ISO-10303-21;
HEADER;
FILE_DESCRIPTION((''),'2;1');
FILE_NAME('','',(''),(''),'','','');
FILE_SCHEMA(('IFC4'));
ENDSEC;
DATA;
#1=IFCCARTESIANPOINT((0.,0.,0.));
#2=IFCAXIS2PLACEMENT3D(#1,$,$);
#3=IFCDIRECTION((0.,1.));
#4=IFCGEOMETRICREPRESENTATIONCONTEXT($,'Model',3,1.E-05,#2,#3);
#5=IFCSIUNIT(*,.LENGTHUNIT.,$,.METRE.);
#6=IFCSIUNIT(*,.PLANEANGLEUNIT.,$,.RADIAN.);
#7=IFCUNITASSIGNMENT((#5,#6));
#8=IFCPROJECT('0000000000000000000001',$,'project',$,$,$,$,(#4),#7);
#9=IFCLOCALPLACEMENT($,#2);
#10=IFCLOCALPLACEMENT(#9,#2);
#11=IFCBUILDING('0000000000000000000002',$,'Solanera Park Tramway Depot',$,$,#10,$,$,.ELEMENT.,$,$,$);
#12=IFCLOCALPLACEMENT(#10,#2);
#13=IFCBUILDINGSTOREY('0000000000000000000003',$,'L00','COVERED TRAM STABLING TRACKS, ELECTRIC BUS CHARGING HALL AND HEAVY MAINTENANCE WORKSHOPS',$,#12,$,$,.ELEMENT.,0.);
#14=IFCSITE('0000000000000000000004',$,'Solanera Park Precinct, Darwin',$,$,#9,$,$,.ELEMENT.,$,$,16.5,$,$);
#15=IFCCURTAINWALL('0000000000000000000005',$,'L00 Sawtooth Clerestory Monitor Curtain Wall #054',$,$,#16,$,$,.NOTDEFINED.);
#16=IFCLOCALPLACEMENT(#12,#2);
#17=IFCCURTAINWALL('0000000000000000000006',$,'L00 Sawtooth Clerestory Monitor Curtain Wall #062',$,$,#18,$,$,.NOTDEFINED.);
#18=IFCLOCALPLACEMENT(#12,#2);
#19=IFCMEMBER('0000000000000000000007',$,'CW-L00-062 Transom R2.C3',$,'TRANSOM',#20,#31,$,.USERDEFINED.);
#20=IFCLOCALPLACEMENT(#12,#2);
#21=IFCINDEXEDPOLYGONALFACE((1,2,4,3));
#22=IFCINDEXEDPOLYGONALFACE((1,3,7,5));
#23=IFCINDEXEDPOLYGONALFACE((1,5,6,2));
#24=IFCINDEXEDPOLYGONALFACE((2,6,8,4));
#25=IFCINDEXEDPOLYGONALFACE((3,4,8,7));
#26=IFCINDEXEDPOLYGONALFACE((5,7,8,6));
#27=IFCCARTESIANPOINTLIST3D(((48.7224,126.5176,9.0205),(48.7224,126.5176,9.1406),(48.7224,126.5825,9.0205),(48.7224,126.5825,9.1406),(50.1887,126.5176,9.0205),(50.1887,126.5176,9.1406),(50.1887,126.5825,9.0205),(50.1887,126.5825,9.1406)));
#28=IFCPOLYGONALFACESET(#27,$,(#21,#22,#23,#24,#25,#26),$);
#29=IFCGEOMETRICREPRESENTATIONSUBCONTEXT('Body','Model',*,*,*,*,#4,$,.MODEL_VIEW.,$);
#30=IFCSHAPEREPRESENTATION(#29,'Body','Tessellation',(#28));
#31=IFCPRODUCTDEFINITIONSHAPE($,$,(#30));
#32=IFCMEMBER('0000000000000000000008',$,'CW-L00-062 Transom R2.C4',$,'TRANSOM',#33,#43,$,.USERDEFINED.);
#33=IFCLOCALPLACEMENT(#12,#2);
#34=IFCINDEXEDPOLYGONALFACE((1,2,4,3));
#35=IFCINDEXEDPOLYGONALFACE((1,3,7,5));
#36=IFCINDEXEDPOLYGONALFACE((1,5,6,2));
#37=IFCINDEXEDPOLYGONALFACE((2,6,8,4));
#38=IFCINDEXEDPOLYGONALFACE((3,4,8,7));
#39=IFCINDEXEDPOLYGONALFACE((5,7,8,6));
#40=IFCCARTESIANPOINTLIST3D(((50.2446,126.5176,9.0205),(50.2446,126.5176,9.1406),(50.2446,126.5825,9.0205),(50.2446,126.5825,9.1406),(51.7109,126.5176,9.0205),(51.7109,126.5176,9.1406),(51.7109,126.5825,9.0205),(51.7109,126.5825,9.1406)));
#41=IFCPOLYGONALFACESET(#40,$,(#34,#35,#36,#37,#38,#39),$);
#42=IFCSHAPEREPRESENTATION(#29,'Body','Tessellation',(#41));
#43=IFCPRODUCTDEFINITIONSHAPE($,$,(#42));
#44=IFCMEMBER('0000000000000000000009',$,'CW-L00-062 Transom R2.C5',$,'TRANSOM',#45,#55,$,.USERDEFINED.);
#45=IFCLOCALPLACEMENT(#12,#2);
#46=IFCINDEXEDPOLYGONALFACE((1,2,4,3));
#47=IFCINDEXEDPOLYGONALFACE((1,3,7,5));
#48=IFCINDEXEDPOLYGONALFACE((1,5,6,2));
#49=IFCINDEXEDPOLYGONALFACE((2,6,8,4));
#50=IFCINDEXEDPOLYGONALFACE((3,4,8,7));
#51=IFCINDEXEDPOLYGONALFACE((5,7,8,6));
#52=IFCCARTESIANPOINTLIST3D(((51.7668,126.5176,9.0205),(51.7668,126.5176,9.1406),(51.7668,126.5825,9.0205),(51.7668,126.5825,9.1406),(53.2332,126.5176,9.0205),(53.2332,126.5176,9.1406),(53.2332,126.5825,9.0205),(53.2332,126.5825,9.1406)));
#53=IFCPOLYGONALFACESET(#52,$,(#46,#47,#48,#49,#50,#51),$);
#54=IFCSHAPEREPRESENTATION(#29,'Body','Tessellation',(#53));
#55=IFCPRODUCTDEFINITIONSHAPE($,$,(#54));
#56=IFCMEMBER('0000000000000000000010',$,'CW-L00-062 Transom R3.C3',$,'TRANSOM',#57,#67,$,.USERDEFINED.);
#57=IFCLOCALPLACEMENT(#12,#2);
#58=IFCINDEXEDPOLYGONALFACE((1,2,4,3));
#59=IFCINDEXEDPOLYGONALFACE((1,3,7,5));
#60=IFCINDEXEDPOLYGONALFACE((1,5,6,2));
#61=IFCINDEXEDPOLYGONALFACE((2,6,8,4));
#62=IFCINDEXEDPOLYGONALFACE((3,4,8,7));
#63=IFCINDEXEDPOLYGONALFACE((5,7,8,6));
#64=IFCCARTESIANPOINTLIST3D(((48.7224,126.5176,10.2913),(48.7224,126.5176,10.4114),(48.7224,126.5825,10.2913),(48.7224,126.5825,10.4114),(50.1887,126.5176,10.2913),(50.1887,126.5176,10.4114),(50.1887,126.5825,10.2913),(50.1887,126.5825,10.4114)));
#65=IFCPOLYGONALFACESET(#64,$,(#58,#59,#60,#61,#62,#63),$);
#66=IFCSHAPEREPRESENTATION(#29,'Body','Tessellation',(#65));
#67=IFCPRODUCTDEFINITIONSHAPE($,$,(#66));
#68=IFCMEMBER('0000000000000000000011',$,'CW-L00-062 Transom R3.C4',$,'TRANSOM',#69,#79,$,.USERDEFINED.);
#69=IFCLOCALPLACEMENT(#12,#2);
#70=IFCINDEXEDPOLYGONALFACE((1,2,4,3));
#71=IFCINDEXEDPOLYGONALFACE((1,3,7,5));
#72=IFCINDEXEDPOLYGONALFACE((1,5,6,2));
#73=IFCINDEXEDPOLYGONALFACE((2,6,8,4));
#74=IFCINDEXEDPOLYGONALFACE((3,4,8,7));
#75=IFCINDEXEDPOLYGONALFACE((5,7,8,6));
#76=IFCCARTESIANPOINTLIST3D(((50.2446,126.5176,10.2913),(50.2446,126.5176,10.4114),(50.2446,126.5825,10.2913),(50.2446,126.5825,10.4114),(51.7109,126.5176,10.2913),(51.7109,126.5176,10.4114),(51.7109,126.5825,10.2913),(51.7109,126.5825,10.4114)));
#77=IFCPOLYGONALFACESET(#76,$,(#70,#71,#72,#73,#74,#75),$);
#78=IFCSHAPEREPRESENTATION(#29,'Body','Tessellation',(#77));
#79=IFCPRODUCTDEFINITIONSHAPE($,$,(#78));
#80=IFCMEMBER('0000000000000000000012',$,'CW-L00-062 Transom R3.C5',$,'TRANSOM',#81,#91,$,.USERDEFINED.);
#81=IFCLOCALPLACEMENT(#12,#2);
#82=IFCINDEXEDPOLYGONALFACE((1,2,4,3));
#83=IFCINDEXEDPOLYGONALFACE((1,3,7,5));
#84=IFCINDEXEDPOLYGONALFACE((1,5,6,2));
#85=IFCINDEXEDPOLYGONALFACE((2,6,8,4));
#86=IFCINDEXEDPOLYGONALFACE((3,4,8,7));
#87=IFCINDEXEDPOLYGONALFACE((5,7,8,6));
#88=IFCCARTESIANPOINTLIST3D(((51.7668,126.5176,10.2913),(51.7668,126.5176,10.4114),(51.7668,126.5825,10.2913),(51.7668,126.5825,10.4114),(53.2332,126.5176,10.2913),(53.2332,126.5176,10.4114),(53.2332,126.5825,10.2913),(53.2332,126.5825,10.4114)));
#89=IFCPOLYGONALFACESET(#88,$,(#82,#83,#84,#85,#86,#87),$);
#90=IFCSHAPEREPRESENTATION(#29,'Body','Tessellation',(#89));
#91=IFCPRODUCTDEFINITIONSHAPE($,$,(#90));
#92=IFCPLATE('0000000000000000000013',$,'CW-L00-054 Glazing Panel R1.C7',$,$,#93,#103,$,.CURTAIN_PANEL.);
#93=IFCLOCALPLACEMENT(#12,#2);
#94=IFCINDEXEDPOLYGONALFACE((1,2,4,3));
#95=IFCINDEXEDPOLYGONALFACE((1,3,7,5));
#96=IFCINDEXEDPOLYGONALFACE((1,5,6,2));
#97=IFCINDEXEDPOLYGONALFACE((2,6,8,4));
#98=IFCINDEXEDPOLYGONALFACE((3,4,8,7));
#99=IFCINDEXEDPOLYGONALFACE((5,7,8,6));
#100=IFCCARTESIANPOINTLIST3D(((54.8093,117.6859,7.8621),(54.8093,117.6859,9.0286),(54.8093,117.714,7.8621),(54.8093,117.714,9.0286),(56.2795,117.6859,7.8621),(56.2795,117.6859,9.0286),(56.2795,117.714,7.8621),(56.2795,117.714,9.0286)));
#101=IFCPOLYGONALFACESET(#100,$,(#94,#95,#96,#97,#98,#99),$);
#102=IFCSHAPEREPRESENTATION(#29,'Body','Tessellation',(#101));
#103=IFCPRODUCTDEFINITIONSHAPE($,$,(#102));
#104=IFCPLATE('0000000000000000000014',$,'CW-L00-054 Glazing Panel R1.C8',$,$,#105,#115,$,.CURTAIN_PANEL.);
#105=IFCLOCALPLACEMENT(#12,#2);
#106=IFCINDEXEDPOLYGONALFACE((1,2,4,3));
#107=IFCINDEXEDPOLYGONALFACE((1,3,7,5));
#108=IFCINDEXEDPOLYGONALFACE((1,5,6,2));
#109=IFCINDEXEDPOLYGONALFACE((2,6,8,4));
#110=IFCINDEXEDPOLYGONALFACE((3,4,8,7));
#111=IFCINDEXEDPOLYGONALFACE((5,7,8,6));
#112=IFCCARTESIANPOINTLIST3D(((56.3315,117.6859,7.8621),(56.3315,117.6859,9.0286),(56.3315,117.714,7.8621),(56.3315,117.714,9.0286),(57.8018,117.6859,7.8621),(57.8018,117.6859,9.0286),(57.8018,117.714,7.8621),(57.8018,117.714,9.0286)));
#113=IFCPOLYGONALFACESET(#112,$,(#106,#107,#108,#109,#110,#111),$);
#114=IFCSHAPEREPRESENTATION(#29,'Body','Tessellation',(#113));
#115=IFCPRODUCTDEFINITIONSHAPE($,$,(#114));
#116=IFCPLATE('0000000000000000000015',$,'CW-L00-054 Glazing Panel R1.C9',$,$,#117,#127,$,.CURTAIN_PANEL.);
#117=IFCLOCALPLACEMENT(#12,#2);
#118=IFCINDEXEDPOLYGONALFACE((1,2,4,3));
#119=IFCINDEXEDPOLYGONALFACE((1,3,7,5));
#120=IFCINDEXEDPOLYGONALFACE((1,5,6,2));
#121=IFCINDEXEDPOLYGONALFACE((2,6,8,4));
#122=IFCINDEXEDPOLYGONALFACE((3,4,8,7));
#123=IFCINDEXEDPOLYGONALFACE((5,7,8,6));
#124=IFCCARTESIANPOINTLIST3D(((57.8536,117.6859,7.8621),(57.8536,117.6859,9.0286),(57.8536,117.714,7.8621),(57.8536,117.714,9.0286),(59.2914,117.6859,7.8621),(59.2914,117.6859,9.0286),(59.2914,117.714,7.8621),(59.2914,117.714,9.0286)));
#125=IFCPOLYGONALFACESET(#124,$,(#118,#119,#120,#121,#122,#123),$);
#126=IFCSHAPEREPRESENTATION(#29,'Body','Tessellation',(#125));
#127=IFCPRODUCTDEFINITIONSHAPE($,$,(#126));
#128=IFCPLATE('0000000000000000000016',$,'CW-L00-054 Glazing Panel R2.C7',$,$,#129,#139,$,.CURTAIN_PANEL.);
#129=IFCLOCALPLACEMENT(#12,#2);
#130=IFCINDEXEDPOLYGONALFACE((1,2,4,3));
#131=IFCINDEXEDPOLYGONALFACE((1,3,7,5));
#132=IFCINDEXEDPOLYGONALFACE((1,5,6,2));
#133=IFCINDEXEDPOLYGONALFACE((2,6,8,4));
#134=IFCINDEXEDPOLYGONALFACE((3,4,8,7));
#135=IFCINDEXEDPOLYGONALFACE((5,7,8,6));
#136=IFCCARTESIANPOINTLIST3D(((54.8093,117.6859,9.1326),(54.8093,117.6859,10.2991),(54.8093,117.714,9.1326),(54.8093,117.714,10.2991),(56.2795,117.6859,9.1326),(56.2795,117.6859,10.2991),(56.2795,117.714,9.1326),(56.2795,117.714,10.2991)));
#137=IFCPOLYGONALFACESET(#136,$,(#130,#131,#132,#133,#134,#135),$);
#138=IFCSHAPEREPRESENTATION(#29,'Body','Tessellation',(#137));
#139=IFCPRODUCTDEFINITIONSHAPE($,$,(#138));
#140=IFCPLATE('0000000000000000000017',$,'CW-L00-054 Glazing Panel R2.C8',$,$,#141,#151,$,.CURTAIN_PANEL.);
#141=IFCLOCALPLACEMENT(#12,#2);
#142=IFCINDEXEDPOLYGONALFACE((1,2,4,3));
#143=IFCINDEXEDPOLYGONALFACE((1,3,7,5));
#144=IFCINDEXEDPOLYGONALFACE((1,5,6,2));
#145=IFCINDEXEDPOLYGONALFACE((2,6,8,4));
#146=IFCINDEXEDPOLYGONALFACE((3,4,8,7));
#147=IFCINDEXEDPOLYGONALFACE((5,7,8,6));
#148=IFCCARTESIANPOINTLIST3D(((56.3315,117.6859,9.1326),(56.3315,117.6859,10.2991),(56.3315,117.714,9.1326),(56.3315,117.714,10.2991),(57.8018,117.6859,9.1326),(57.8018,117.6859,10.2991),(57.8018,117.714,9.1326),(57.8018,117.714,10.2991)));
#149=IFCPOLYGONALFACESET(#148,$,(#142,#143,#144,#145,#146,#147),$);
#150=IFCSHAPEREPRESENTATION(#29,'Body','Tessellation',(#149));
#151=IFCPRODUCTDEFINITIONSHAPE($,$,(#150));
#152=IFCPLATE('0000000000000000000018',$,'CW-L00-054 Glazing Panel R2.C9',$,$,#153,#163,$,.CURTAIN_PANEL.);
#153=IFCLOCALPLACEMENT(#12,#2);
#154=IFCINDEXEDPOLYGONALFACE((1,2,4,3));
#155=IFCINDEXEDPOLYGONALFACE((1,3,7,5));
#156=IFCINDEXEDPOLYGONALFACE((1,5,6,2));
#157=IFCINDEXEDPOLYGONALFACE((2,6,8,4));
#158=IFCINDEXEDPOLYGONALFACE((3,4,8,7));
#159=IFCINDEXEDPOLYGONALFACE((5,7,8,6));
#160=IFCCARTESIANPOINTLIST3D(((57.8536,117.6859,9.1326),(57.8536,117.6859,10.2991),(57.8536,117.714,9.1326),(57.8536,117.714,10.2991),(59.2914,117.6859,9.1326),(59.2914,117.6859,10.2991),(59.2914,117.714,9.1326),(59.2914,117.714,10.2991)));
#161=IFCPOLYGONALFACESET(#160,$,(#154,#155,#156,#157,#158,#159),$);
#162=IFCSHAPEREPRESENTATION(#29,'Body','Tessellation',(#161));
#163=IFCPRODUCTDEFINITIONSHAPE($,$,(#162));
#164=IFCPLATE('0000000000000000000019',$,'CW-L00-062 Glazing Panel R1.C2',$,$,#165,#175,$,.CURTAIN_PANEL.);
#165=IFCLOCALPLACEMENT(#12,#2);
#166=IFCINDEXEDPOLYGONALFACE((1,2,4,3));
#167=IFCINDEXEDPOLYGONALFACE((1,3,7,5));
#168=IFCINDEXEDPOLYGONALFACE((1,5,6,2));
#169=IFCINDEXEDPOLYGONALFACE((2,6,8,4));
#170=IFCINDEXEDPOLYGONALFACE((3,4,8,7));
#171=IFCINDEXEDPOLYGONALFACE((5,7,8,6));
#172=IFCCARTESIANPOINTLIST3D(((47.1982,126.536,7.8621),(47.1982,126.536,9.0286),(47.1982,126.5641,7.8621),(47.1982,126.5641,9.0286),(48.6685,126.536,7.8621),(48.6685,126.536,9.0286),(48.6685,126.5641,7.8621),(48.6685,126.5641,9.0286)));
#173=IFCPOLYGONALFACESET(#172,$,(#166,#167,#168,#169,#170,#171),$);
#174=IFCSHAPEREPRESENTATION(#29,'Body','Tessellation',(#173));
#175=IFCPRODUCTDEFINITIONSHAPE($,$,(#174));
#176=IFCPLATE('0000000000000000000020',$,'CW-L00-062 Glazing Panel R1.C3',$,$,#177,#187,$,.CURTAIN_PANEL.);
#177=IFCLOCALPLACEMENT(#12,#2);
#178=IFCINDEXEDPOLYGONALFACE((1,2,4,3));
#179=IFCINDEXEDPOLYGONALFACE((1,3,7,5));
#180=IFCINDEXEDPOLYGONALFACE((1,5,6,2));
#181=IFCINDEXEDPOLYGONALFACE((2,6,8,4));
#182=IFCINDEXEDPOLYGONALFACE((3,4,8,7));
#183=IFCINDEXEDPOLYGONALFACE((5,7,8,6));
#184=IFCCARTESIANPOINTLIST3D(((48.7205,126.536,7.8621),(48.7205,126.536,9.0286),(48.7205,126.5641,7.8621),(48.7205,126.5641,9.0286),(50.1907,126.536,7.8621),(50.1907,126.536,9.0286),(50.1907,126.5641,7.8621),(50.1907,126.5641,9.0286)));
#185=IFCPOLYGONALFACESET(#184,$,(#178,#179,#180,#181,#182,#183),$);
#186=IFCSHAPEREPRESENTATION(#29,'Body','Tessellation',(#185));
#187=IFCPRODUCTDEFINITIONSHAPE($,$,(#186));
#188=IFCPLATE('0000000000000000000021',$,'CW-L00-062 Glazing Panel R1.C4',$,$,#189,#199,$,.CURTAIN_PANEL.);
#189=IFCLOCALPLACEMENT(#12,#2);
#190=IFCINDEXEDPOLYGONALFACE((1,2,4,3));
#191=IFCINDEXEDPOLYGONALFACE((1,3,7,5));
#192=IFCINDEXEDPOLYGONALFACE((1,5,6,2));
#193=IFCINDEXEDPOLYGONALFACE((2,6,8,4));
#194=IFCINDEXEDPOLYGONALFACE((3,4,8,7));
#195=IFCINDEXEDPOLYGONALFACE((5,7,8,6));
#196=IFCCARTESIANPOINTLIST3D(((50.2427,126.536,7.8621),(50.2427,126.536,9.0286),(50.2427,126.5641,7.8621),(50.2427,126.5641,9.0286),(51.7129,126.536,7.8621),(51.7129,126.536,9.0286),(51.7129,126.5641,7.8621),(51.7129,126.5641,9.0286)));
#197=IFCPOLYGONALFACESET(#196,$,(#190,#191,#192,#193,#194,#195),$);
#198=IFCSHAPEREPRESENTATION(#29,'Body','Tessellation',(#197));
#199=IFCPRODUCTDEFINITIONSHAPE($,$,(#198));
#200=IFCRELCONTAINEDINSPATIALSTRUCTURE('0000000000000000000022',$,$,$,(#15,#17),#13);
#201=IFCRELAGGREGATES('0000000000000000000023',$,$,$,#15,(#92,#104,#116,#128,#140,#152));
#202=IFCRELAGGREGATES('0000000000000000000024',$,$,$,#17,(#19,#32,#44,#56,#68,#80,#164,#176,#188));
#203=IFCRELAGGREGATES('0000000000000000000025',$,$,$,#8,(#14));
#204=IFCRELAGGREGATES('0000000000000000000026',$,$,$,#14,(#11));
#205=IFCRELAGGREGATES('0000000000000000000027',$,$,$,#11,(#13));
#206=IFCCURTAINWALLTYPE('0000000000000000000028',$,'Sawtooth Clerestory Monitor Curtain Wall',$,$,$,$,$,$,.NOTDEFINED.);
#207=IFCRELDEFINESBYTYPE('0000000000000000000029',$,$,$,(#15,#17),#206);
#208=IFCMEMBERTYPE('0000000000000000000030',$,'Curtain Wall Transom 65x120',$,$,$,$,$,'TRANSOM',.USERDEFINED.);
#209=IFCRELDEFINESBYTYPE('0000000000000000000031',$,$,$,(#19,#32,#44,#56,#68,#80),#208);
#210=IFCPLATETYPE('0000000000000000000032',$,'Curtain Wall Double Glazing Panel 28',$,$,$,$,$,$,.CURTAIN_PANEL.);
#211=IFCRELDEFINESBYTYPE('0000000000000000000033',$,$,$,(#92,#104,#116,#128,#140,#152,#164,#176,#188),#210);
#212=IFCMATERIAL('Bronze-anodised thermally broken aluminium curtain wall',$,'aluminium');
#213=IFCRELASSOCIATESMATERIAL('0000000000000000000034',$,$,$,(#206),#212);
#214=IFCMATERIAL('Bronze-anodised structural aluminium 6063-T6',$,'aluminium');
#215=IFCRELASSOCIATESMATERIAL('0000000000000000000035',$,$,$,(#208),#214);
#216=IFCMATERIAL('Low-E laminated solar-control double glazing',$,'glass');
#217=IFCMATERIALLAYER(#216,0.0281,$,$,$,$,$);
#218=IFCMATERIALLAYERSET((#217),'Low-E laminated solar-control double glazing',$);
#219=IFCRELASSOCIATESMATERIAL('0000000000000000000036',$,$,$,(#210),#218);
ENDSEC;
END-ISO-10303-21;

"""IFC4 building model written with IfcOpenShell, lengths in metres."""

from ifc_helpers import new_model, si_unit, direction, frame, origin, origin_2d, place, context, subcontext, project, spatial, rectangle, extrude, material, layer, layer_set, material_profile, profile_set, type_object, element, aggregate, save


model = new_model("IFC4")

# Units and contexts
model_context = context("Model", 3, precision=1e-05, world=origin(), true_north=direction((0.0, 1.0)))
body_context = subcontext(model_context, "Body", "Model", "MODEL_VIEW")
ifc_project = project(units=[si_unit("LENGTHUNIT", "METRE"), si_unit("PLANEANGLEUNIT", "RADIAN")], contexts=[model_context])

# Site, building, storey
site_placement = place(None, origin())
site = spatial("IfcSite", under=ifc_project, at=site_placement, Name="Solanera Park Precinct, Darwin", CompositionType="ELEMENT", RefElevation=16.5)
building_placement = place(site_placement, origin())
building = spatial("IfcBuilding", under=site, at=building_placement, Name="Solanera Park Tramway Depot", CompositionType="ELEMENT")
storey_placement = place(building_placement, origin())
storey = spatial("IfcBuildingStorey", under=building, at=storey_placement, Name="L00", Description="COVERED TRAM STABLING TRACKS, ELECTRIC BUS CHARGING HALL AND HEAVY MAINTENANCE WORKSHOPS", CompositionType="ELEMENT", Elevation=0.0)

# Curtain walls
ifc_material_1 = material(Name="Bronze-anodised thermally broken aluminium curtain wall", Category="aluminium")
curtain_wall_type = type_object("IfcCurtainWallType", Name="Sawtooth Clerestory Monitor Curtain Wall", PredefinedType="NOTDEFINED", material=ifc_material_1)
curtain_wall_1_placement = place(storey_placement, origin())
curtain_wall_1 = element("IfcCurtainWall", 1, at=curtain_wall_1_placement, inside=storey, type_object=curtain_wall_type, Name="L00 Sawtooth Clerestory Monitor Curtain Wall #054", PredefinedType="NOTDEFINED")
curtain_wall_2_placement = place(storey_placement, origin())
curtain_wall_2 = element("IfcCurtainWall", 2, at=curtain_wall_2_placement, inside=storey, type_object=curtain_wall_type, Name="L00 Sawtooth Clerestory Monitor Curtain Wall #062", PredefinedType="NOTDEFINED")

# Members
ifc_material_2 = material(Name="Bronze-anodised structural aluminium 6063-T6", Category="aluminium")
ifc_material_profile_1 = material_profile(ifc_material_2, rectangle(XDim=0.0649, YDim=0.1201, at=origin_2d()), Name="Curtain Wall Transom 65x120")
ifc_profile_set_1 = profile_set([ifc_material_profile_1], Name="Bronze-anodised structural aluminium 6063-T6")
member_type_1 = type_object("IfcMemberType", Name="Curtain Wall Transom 65x120", ElementType="TRANSOM", PredefinedType="USERDEFINED", material=ifc_profile_set_1)
member_1_placement = place(storey_placement, frame((48.7224, 126.55, 9.0806), z_axis=(1.0, 0.0, 0.0), x_axis=(0.0, 1.0, 0.0)))
member_1 = element("IfcMember", 3, at=member_1_placement, type_object=member_type_1, Name="CW-L00-062 Transom R2.C3", ObjectType="TRANSOM", PredefinedType="USERDEFINED", context=body_context, shape_type="SweptSolid", body=[
    extrude(rectangle(XDim=0.0649, YDim=0.1201, at=origin_2d()), origin(), (0.0, 0.0, 1.0), 1.4663),
])
member_2_placement = place(storey_placement, frame((50.2446, 126.55, 9.0806), z_axis=(1.0, 0.0, 0.0), x_axis=(0.0, 1.0, 0.0)))
member_2 = element("IfcMember", 4, at=member_2_placement, type_object=member_type_1, Name="CW-L00-062 Transom R2.C4", ObjectType="TRANSOM", PredefinedType="USERDEFINED", context=body_context, shape_type="SweptSolid", body=[
    extrude(rectangle(XDim=0.0649, YDim=0.1201, at=origin_2d()), origin(), (0.0, 0.0, 1.0), 1.4663),
])
member_3_placement = place(storey_placement, frame((51.7668, 126.55, 9.0806), z_axis=(1.0, 0.0, 0.0), x_axis=(0.0, 1.0, 0.0)))
member_3 = element("IfcMember", 5, at=member_3_placement, type_object=member_type_1, Name="CW-L00-062 Transom R2.C5", ObjectType="TRANSOM", PredefinedType="USERDEFINED", context=body_context, shape_type="SweptSolid", body=[
    extrude(rectangle(XDim=0.0649, YDim=0.1201, at=origin_2d()), origin(), (0.0, 0.0, 1.0), 1.4663),
])
member_4_placement = place(storey_placement, frame((48.7224, 126.55, 10.3513), z_axis=(1.0, 0.0, 0.0), x_axis=(0.0, 1.0, 0.0)))
member_4 = element("IfcMember", 6, at=member_4_placement, type_object=member_type_1, Name="CW-L00-062 Transom R3.C3", ObjectType="TRANSOM", PredefinedType="USERDEFINED", context=body_context, shape_type="SweptSolid", body=[
    extrude(rectangle(XDim=0.0649, YDim=0.1201, at=origin_2d()), origin(), (0.0, 0.0, 1.0), 1.4663),
])
member_5_placement = place(storey_placement, frame((50.2446, 126.55, 10.3513), z_axis=(1.0, 0.0, 0.0), x_axis=(0.0, 1.0, 0.0)))
member_5 = element("IfcMember", 7, at=member_5_placement, type_object=member_type_1, Name="CW-L00-062 Transom R3.C4", ObjectType="TRANSOM", PredefinedType="USERDEFINED", context=body_context, shape_type="SweptSolid", body=[
    extrude(rectangle(XDim=0.0649, YDim=0.1201, at=origin_2d()), origin(), (0.0, 0.0, 1.0), 1.4663),
])
member_6_placement = place(storey_placement, frame((51.7668, 126.55, 10.3513), z_axis=(1.0, 0.0, 0.0), x_axis=(0.0, 1.0, 0.0)))
member_6 = element("IfcMember", 8, at=member_6_placement, type_object=member_type_1, Name="CW-L00-062 Transom R3.C5", ObjectType="TRANSOM", PredefinedType="USERDEFINED", context=body_context, shape_type="SweptSolid", body=[
    extrude(rectangle(XDim=0.0649, YDim=0.1201, at=origin_2d()), origin(), (0.0, 0.0, 1.0), 1.4663),
])

# Plates
ifc_material_3 = material(Name="Low-E laminated solar-control double glazing", Category="glass")
ifc_layer = layer(ifc_material_3, 0.0281)
ifc_layer_set = layer_set([ifc_layer], Name="Low-E laminated solar-control double glazing")
plate_type = type_object("IfcPlateType", Name="Curtain Wall Double Glazing Panel 28", PredefinedType="CURTAIN_PANEL", material=ifc_layer_set)
plate_1_placement = place(storey_placement, frame((55.5444, 117.7, 7.8621), z_axis=(0.0, 0.0, 1.0), x_axis=(1.0, 0.0, 0.0)))
plate_1 = element("IfcPlate", 9, at=plate_1_placement, type_object=plate_type, Name="CW-L00-054 Glazing Panel R1.C7", PredefinedType="CURTAIN_PANEL", context=body_context, shape_type="SweptSolid", body=[
    extrude(rectangle(XDim=1.4702, YDim=0.0281, at=origin_2d()), origin(), (0.0, 0.0, 1.0), 1.1665),
])
plate_2_placement = place(storey_placement, frame((57.0667, 117.7, 7.8621), z_axis=(0.0, 0.0, 1.0), x_axis=(1.0, 0.0, 0.0)))
plate_2 = element("IfcPlate", 10, at=plate_2_placement, type_object=plate_type, Name="CW-L00-054 Glazing Panel R1.C8", PredefinedType="CURTAIN_PANEL", context=body_context, shape_type="SweptSolid", body=[
    extrude(rectangle(XDim=1.4702, YDim=0.0281, at=origin_2d()), origin(), (0.0, 0.0, 1.0), 1.1665),
])
plate_3_placement = place(storey_placement, frame((58.5725, 117.7, 7.8621), z_axis=(0.0, 0.0, 1.0), x_axis=(1.0, 0.0, 0.0)))
plate_3 = element("IfcPlate", 11, at=plate_3_placement, type_object=plate_type, Name="CW-L00-054 Glazing Panel R1.C9", PredefinedType="CURTAIN_PANEL", context=body_context, shape_type="SweptSolid", body=[
    extrude(rectangle(XDim=1.4377, YDim=0.0281, at=origin_2d()), origin(), (0.0, 0.0, 1.0), 1.1665),
])
plate_4_placement = place(storey_placement, frame((55.5444, 117.7, 9.1326), z_axis=(0.0, 0.0, 1.0), x_axis=(1.0, 0.0, 0.0)))
plate_4 = element("IfcPlate", 12, at=plate_4_placement, type_object=plate_type, Name="CW-L00-054 Glazing Panel R2.C7", PredefinedType="CURTAIN_PANEL", context=body_context, shape_type="SweptSolid", body=[
    extrude(rectangle(XDim=1.4702, YDim=0.0281, at=origin_2d()), origin(), (0.0, 0.0, 1.0), 1.1665),
])
plate_5_placement = place(storey_placement, frame((57.0667, 117.7, 9.1326), z_axis=(0.0, 0.0, 1.0), x_axis=(1.0, 0.0, 0.0)))
plate_5 = element("IfcPlate", 13, at=plate_5_placement, type_object=plate_type, Name="CW-L00-054 Glazing Panel R2.C8", PredefinedType="CURTAIN_PANEL", context=body_context, shape_type="SweptSolid", body=[
    extrude(rectangle(XDim=1.4702, YDim=0.0281, at=origin_2d()), origin(), (0.0, 0.0, 1.0), 1.1665),
])
plate_6_placement = place(storey_placement, frame((58.5725, 117.7, 9.1326), z_axis=(0.0, 0.0, 1.0), x_axis=(1.0, 0.0, 0.0)))
plate_6 = element("IfcPlate", 14, at=plate_6_placement, type_object=plate_type, Name="CW-L00-054 Glazing Panel R2.C9", PredefinedType="CURTAIN_PANEL", context=body_context, shape_type="SweptSolid", body=[
    extrude(rectangle(XDim=1.4377, YDim=0.0281, at=origin_2d()), origin(), (0.0, 0.0, 1.0), 1.1665),
])
aggregate(curtain_wall_1, [plate_1, plate_2, plate_3, plate_4, plate_5, plate_6])
plate_7_placement = place(storey_placement, frame((47.9333, 126.55, 7.8621), z_axis=(0.0, 0.0, 1.0), x_axis=(1.0, 0.0, 0.0)))
plate_7 = element("IfcPlate", 15, at=plate_7_placement, type_object=plate_type, Name="CW-L00-062 Glazing Panel R1.C2", PredefinedType="CURTAIN_PANEL", context=body_context, shape_type="SweptSolid", body=[
    extrude(rectangle(XDim=1.4702, YDim=0.0281, at=origin_2d()), origin(), (0.0, 0.0, 1.0), 1.1665),
])
plate_8_placement = place(storey_placement, frame((49.4556, 126.55, 7.8621), z_axis=(0.0, 0.0, 1.0), x_axis=(1.0, 0.0, 0.0)))
plate_8 = element("IfcPlate", 16, at=plate_8_placement, type_object=plate_type, Name="CW-L00-062 Glazing Panel R1.C3", PredefinedType="CURTAIN_PANEL", context=body_context, shape_type="SweptSolid", body=[
    extrude(rectangle(XDim=1.4702, YDim=0.0281, at=origin_2d()), origin(), (0.0, 0.0, 1.0), 1.1665),
])
plate_9_placement = place(storey_placement, frame((50.9778, 126.55, 7.8621), z_axis=(0.0, 0.0, 1.0), x_axis=(1.0, 0.0, 0.0)))
plate_9 = element("IfcPlate", 17, at=plate_9_placement, type_object=plate_type, Name="CW-L00-062 Glazing Panel R1.C4", PredefinedType="CURTAIN_PANEL", context=body_context, shape_type="SweptSolid", body=[
    extrude(rectangle(XDim=1.4702, YDim=0.0281, at=origin_2d()), origin(), (0.0, 0.0, 1.0), 1.1665),
])
aggregate(curtain_wall_2, [member_1, member_2, member_3, member_4, member_5, member_6, plate_7, plate_8, plate_9])

save(model, "model.ifc")
